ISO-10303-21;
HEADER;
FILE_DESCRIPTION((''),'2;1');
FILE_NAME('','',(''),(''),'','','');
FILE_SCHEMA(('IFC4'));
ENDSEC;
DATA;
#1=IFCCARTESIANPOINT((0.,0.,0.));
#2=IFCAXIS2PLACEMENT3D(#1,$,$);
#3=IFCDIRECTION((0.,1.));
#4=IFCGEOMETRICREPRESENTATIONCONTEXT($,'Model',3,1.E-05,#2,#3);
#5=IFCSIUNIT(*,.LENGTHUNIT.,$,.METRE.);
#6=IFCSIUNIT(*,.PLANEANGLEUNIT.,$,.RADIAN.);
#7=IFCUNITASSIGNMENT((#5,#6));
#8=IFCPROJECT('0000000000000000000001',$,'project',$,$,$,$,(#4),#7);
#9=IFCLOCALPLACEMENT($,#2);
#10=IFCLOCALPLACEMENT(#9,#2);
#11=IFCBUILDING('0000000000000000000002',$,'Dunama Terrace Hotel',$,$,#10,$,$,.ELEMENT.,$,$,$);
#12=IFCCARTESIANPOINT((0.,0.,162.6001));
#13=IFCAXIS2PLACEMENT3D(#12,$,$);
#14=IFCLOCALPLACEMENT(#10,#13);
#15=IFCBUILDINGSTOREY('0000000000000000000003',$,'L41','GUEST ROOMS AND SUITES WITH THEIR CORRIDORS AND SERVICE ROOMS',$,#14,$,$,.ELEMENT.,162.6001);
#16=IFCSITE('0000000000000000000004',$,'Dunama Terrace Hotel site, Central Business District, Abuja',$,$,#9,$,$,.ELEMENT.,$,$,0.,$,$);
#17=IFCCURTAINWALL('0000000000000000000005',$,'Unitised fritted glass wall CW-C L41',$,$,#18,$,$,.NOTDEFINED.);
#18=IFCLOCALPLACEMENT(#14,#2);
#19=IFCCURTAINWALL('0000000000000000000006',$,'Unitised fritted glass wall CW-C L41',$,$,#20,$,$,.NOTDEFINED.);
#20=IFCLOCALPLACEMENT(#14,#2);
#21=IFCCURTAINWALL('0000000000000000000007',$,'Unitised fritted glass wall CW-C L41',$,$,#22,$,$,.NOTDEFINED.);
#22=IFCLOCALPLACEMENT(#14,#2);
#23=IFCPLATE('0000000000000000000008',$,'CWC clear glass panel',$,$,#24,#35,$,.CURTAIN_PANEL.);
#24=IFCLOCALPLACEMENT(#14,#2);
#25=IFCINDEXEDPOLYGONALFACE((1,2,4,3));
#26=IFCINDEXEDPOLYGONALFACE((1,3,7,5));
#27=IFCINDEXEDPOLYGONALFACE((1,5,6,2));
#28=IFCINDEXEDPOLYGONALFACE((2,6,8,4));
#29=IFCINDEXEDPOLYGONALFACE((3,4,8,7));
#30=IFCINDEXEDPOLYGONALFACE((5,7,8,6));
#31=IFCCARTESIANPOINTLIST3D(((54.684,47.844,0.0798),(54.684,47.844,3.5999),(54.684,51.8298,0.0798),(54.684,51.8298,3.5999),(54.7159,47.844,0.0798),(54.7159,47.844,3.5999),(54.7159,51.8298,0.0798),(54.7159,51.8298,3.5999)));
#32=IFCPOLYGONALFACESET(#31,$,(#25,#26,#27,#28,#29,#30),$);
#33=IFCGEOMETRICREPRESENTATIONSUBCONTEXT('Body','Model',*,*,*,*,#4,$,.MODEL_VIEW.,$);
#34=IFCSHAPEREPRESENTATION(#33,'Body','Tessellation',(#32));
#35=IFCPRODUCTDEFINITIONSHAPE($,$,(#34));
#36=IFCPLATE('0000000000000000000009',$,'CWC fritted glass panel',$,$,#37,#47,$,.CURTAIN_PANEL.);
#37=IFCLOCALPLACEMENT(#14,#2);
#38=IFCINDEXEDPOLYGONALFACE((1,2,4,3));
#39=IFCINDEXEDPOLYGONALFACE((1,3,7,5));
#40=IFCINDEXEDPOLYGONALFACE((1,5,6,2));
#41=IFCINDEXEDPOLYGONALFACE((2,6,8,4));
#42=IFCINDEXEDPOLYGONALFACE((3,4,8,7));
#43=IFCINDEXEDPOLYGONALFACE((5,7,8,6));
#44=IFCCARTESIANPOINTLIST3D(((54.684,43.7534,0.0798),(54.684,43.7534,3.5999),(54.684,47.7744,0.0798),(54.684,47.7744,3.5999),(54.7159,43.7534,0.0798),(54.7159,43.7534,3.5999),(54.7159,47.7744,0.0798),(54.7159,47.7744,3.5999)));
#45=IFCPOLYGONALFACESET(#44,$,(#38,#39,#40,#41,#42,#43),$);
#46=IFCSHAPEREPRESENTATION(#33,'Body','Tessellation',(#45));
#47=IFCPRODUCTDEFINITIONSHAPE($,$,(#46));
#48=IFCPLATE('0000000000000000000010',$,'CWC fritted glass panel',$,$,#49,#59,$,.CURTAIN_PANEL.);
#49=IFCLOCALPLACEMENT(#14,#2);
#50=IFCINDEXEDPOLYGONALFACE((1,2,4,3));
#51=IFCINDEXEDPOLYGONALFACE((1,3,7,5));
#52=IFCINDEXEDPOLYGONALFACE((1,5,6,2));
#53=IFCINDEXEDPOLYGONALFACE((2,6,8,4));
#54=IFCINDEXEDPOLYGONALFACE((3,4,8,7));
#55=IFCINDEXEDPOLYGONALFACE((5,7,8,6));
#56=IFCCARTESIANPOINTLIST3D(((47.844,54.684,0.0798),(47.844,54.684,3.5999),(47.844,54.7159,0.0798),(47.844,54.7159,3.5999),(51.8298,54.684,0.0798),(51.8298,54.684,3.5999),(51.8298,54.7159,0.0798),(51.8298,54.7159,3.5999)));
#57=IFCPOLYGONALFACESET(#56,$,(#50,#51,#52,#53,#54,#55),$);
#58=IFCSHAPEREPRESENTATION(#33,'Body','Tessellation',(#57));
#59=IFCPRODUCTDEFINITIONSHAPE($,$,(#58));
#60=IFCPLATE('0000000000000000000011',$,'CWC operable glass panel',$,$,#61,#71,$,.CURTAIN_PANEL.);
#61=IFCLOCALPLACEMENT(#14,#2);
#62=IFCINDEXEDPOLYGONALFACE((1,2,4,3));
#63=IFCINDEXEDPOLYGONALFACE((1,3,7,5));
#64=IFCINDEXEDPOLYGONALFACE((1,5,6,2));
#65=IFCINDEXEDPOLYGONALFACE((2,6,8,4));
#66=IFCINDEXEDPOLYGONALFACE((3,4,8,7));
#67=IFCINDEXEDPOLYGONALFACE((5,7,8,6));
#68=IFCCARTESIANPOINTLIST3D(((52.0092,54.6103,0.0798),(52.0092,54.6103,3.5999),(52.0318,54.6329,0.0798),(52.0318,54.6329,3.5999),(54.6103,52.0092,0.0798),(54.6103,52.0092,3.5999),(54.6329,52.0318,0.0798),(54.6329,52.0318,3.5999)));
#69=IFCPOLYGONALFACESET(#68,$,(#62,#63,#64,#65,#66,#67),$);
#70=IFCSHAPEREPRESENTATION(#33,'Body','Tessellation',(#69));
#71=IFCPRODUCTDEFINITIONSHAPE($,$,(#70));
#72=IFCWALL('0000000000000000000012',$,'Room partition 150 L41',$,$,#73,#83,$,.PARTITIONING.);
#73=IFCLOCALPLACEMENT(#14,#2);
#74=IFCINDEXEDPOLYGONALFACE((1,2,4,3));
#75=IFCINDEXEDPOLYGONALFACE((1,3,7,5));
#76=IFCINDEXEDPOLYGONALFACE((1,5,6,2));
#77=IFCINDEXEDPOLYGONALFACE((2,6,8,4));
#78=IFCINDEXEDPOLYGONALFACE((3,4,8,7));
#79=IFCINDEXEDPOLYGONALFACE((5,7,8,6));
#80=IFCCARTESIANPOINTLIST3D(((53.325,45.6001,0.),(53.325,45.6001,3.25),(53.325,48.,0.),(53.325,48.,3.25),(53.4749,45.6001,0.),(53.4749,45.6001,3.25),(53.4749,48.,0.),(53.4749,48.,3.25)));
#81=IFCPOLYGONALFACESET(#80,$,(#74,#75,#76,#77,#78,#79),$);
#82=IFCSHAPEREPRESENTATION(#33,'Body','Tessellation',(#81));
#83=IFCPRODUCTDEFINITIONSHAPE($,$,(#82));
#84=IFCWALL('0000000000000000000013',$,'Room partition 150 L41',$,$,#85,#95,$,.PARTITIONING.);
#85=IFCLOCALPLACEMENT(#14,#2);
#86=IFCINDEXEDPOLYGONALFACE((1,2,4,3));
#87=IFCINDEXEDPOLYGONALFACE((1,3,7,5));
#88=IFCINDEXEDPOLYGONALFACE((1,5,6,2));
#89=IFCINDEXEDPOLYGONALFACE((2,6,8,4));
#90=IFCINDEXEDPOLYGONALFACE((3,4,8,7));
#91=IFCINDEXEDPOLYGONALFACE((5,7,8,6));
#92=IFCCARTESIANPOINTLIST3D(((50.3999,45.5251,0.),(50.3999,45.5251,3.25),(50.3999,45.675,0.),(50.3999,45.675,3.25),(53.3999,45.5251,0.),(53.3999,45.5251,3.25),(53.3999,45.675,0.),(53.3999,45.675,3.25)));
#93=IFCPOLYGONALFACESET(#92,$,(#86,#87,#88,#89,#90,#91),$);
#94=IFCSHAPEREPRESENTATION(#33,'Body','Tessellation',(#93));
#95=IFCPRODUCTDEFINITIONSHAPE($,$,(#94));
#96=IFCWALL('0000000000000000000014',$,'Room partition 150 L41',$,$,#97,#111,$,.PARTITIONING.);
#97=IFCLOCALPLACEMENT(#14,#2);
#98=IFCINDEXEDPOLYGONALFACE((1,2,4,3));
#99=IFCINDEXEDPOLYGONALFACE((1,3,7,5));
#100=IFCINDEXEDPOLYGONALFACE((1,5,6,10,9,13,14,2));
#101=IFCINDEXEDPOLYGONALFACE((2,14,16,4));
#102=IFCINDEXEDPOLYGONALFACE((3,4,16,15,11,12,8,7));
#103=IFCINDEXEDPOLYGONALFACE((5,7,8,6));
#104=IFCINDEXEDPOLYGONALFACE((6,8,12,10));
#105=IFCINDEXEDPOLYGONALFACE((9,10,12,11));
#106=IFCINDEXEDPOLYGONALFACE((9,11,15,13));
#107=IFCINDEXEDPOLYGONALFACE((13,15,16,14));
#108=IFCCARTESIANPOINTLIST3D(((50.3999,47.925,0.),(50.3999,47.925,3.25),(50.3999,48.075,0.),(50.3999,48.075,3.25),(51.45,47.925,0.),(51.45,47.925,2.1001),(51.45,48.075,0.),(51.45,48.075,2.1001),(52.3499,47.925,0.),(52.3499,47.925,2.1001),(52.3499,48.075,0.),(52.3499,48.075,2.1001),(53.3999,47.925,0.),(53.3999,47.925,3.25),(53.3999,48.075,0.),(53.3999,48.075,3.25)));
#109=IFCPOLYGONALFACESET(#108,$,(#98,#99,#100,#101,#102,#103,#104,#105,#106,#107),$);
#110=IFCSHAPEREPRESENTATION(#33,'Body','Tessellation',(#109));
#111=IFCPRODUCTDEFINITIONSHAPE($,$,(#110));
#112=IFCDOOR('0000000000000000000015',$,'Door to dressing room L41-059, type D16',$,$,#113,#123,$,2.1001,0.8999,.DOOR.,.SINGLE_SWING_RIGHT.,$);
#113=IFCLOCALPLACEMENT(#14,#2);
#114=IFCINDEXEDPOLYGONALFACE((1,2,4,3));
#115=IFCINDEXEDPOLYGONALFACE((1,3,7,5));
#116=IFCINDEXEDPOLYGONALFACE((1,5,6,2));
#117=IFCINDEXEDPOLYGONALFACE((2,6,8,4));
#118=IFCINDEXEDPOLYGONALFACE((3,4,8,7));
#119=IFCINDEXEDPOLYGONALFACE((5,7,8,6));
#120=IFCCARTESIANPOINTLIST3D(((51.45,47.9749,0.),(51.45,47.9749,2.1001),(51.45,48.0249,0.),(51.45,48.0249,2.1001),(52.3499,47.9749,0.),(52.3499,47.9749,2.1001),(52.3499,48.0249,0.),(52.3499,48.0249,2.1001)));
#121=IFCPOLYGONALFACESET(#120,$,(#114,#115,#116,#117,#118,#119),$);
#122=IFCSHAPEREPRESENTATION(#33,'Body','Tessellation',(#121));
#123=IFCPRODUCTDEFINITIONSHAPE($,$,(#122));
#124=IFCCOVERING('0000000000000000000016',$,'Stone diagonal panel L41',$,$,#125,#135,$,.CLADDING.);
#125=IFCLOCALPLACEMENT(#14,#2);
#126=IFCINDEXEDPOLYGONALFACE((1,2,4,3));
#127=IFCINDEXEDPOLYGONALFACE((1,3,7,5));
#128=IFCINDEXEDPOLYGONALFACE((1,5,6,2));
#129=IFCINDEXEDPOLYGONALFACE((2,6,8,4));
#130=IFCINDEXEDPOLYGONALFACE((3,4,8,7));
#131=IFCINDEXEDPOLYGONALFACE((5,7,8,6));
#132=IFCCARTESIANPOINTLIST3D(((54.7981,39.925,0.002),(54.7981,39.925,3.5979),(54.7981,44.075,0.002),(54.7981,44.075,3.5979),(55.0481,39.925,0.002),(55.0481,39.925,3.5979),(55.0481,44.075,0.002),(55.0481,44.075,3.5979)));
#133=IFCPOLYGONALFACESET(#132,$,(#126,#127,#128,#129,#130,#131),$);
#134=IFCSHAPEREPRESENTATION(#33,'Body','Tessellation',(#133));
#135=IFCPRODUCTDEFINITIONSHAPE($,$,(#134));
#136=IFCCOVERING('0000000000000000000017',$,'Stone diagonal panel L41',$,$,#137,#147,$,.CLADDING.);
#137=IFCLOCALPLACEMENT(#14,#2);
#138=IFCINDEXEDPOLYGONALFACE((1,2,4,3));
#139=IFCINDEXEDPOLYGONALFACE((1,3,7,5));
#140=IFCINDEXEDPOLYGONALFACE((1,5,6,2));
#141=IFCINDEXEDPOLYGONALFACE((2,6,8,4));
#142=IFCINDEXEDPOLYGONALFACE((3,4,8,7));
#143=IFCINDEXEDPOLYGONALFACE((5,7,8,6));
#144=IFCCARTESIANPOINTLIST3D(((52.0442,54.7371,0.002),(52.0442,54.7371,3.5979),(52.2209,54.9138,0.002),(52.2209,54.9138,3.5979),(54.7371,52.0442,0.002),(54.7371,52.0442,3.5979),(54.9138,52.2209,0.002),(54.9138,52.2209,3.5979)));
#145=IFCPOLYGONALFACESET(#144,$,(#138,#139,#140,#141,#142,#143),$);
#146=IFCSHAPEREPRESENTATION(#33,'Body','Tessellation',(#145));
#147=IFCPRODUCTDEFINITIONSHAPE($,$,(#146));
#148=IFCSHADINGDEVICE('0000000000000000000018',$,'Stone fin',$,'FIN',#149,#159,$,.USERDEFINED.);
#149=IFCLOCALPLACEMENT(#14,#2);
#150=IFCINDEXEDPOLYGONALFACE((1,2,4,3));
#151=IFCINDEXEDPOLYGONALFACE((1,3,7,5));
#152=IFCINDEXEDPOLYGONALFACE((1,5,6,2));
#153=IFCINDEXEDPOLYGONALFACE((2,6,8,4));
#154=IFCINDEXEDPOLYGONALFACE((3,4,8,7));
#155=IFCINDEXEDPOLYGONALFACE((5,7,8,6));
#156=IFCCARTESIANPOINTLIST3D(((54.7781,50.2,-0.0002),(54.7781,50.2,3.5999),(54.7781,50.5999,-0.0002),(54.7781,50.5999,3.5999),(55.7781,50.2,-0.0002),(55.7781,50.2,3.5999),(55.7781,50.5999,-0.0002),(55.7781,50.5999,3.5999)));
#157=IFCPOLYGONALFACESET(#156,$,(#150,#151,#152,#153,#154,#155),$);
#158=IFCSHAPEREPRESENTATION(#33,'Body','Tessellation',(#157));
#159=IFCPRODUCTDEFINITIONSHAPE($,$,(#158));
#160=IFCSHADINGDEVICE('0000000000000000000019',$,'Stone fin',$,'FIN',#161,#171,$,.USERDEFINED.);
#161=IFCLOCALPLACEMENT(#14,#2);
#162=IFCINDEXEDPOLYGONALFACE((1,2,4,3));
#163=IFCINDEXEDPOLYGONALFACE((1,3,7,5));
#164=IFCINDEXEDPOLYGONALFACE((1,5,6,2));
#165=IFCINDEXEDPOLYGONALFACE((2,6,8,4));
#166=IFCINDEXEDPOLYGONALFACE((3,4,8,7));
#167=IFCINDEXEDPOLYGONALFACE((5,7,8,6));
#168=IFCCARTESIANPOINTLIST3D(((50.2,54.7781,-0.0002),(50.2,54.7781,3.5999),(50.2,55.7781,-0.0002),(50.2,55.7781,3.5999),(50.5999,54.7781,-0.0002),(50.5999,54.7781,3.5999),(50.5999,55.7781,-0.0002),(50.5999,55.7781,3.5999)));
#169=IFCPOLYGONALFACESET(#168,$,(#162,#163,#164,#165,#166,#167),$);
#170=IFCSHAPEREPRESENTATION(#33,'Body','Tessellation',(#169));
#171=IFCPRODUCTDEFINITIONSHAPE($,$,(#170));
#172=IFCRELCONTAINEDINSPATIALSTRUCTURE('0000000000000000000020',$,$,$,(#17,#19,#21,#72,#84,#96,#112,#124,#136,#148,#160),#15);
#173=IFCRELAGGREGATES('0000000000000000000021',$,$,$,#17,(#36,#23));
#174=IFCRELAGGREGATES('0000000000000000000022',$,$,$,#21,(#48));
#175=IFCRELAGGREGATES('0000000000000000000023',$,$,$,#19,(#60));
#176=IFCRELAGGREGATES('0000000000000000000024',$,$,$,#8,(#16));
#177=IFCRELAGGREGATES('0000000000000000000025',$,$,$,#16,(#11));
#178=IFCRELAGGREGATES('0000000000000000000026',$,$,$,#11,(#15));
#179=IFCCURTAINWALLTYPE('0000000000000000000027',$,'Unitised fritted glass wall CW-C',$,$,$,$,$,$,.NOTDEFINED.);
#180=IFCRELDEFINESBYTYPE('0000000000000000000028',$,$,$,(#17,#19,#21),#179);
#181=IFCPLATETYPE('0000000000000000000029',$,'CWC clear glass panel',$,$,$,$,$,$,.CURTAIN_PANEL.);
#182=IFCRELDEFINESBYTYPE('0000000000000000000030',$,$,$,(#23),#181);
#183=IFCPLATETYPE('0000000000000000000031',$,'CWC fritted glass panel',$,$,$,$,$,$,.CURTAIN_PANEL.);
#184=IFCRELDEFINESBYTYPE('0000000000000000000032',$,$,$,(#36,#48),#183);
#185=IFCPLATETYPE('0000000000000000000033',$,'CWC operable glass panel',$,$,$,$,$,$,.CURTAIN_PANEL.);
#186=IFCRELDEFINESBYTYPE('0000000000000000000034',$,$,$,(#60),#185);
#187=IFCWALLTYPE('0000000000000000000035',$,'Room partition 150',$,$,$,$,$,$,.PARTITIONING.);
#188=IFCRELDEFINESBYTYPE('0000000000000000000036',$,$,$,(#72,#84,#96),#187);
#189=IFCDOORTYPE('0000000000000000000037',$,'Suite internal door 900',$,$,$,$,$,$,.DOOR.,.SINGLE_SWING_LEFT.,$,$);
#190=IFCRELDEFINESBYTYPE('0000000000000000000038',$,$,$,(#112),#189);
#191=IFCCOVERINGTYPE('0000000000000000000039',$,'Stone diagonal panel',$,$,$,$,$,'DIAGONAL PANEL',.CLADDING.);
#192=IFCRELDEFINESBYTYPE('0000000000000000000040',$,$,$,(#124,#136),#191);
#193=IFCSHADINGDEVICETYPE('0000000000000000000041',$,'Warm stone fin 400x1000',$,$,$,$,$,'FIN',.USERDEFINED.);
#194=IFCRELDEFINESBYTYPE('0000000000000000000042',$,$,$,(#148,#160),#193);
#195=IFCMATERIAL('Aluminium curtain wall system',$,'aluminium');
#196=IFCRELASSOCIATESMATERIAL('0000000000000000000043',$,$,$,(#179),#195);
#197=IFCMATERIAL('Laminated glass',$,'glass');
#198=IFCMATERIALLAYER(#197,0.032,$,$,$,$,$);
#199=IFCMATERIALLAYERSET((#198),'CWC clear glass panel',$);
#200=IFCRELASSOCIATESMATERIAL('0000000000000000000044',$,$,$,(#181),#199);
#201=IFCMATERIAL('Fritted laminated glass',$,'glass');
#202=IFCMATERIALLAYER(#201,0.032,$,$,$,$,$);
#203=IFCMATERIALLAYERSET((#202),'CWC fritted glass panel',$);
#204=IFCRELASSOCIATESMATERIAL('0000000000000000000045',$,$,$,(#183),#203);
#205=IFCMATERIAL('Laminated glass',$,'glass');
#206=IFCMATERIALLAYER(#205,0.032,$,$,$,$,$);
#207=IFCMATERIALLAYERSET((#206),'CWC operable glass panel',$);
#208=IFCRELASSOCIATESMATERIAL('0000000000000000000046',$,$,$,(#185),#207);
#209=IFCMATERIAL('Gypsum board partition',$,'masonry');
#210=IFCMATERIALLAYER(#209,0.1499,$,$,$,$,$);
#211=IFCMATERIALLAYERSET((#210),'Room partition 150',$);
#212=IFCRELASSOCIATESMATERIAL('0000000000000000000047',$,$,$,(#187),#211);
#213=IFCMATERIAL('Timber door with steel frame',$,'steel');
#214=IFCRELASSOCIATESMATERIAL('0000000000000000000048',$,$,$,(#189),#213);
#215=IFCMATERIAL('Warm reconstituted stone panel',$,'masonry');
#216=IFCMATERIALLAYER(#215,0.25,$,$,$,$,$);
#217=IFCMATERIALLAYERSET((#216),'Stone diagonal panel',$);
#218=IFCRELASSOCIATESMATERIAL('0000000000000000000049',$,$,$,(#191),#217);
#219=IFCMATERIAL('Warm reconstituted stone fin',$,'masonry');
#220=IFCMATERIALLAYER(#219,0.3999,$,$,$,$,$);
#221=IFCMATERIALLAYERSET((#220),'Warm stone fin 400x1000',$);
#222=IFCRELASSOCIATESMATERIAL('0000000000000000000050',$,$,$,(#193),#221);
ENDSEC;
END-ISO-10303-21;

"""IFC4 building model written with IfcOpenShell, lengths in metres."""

from ifc_helpers import new_model, si_unit, direction, frame, frame_2d, origin, origin_2d, place, context, subcontext, project, spatial, rectangle, extrude, material, layer, layer_set, type_object, element, fill, aggregate, save


model = new_model("IFC4")

# Units and contexts
model_context = context("Model", 3, precision=1e-05, world=origin(), true_north=direction((0.0, 1.0)))
body_context = subcontext(model_context, "Body", "Model", "MODEL_VIEW")
ifc_project = project(units=[si_unit("LENGTHUNIT", "METRE"), si_unit("PLANEANGLEUNIT", "RADIAN")], contexts=[model_context])

# Site, building, storey
site_placement = place(None, origin())
site = spatial("IfcSite", under=ifc_project, at=site_placement, Name="Dunama Terrace Hotel site, Central Business District, Abuja", CompositionType="ELEMENT", RefElevation=0.0)
building_placement = place(site_placement, origin())
building = spatial("IfcBuilding", under=site, at=building_placement, Name="Dunama Terrace Hotel", CompositionType="ELEMENT")
storey_placement = place(building_placement, frame((0.0, 0.0, 162.6001)))
storey = spatial("IfcBuildingStorey", under=building, at=storey_placement, Name="L41", Description="GUEST ROOMS AND SUITES WITH THEIR CORRIDORS AND SERVICE ROOMS", CompositionType="ELEMENT", Elevation=162.6001)

# Curtain walls
ifc_material_1 = material(Name="Aluminium curtain wall system", Category="aluminium")
curtain_wall_type = type_object("IfcCurtainWallType", Name="Unitised fritted glass wall CW-C", PredefinedType="NOTDEFINED", material=ifc_material_1)
curtain_wall_1_placement = place(storey_placement, origin())
curtain_wall_1 = element("IfcCurtainWall", 1, at=curtain_wall_1_placement, inside=storey, type_object=curtain_wall_type, Name="Unitised fritted glass wall CW-C L41", PredefinedType="NOTDEFINED")
curtain_wall_2_placement = place(storey_placement, origin())
curtain_wall_2 = element("IfcCurtainWall", 2, at=curtain_wall_2_placement, inside=storey, type_object=curtain_wall_type, Name="Unitised fritted glass wall CW-C L41", PredefinedType="NOTDEFINED")
curtain_wall_3_placement = place(storey_placement, origin())
curtain_wall_3 = element("IfcCurtainWall", 3, at=curtain_wall_3_placement, inside=storey, type_object=curtain_wall_type, Name="Unitised fritted glass wall CW-C L41", PredefinedType="NOTDEFINED")

# Plates
ifc_material_2 = material(Name="Laminated glass", Category="glass")
ifc_layer_1 = layer(ifc_material_2, 0.032)
ifc_layer_set_1 = layer_set([ifc_layer_1], Name="CWC clear glass panel")
plate_type_1 = type_object("IfcPlateType", Name="CWC clear glass panel", PredefinedType="CURTAIN_PANEL", material=ifc_layer_set_1)
plate_1_placement = place(storey_placement, frame((54.7, 49.8369, 0.0798), z_axis=(0.0, 0.0, 1.0), x_axis=(0.0, 1.0, 0.0)))
plate_1 = element("IfcPlate", 4, at=plate_1_placement, type_object=plate_type_1, Name="CWC clear glass panel", PredefinedType="CURTAIN_PANEL", context=body_context, shape_type="SweptSolid", body=[
    extrude(rectangle(XDim=3.9858, YDim=0.032, at=origin_2d()), origin(), (0.0, 0.0, 1.0), 3.52),
])
ifc_material_3 = material(Name="Fritted laminated glass", Category="glass")
ifc_layer_2 = layer(ifc_material_3, 0.032)
ifc_layer_set_2 = layer_set([ifc_layer_2], Name="CWC fritted glass panel")
plate_type_2 = type_object("IfcPlateType", Name="CWC fritted glass panel", PredefinedType="CURTAIN_PANEL", material=ifc_layer_set_2)
plate_2_placement = place(storey_placement, frame((54.7, 45.7639, 0.0798), z_axis=(0.0, 0.0, 1.0), x_axis=(0.0, 1.0, 0.0)))
plate_2 = element("IfcPlate", 5, at=plate_2_placement, type_object=plate_type_2, Name="CWC fritted glass panel", PredefinedType="CURTAIN_PANEL", context=body_context, shape_type="SweptSolid", body=[
    extrude(rectangle(XDim=4.021, YDim=0.032, at=origin_2d()), origin(), (0.0, 0.0, 1.0), 3.52),
])
aggregate(curtain_wall_1, [plate_2, plate_1])
plate_3_placement = place(storey_placement, frame((49.8369, 54.7, 0.0798), z_axis=(0.0, 0.0, 1.0), x_axis=(-1.0, 0.0, 0.0)))
plate_3 = element("IfcPlate", 6, at=plate_3_placement, type_object=plate_type_2, Name="CWC fritted glass panel", PredefinedType="CURTAIN_PANEL", context=body_context, shape_type="SweptSolid", body=[
    extrude(rectangle(XDim=3.9858, YDim=0.032, at=origin_2d()), origin(), (0.0, 0.0, 1.0), 3.52),
])
aggregate(curtain_wall_3, [plate_3])
ifc_material_4 = material(Name="Laminated glass", Category="glass")
ifc_layer_3 = layer(ifc_material_4, 0.032)
ifc_layer_set_3 = layer_set([ifc_layer_3], Name="CWC operable glass panel")
plate_type_3 = type_object("IfcPlateType", Name="CWC operable glass panel", PredefinedType="CURTAIN_PANEL", material=ifc_layer_set_3)
plate_4_placement = place(storey_placement, frame((53.321, 53.321, 0.0798), z_axis=(0.0, 0.0, 1.0), x_axis=(-0.707107, 0.707107, 0.0)))
plate_4 = element("IfcPlate", 7, at=plate_4_placement, type_object=plate_type_3, Name="CWC operable glass panel", PredefinedType="CURTAIN_PANEL", context=body_context, shape_type="SweptSolid", body=[
    extrude(rectangle(XDim=3.6785, YDim=0.032, at=origin_2d()), origin(), (0.0, 0.0, 1.0), 3.52),
])
aggregate(curtain_wall_2, [plate_4])

# Walls
ifc_material_5 = material(Name="Gypsum board partition", Category="masonry")
ifc_layer_4 = layer(ifc_material_5, 0.1499)
ifc_layer_set_4 = layer_set([ifc_layer_4], Name="Room partition 150")
wall_type = type_object("IfcWallType", Name="Room partition 150", PredefinedType="PARTITIONING", material=ifc_layer_set_4)
wall_1_placement = place(storey_placement, frame((53.3999, 45.6001, 0.0), z_axis=(0.0, 0.0, 1.0), x_axis=(0.0, 1.0, 0.0)))
element("IfcWall", 8, at=wall_1_placement, inside=storey, type_object=wall_type, Name="Room partition 150 L41", PredefinedType="PARTITIONING", context=body_context, shape_type="SweptSolid", body=[
    extrude(rectangle(XDim=2.3999, YDim=0.1499, at=frame_2d((1.2, 0.0))), origin(), (0.0, 0.0, 1.0), 3.25),
])
wall_2_placement = place(storey_placement, frame((50.3999, 45.6001, 0.0), z_axis=(0.0, 0.0, 1.0), x_axis=(1.0, 0.0, 0.0)))
element("IfcWall", 9, at=wall_2_placement, inside=storey, type_object=wall_type, Name="Room partition 150 L41", PredefinedType="PARTITIONING", context=body_context, shape_type="SweptSolid", body=[
    extrude(rectangle(XDim=3.0, YDim=0.1499, at=frame_2d((1.5, 0.0))), origin(), (0.0, 0.0, 1.0), 3.25),
])

# Wall, opening, door
wall_3_placement = place(storey_placement, frame((50.3999, 48.0, 0.0), z_axis=(0.0, 0.0, 1.0), x_axis=(1.0, 0.0, 0.0)))
wall_3 = element("IfcWall", 10, at=wall_3_placement, inside=storey, type_object=wall_type, Name="Room partition 150 L41", PredefinedType="PARTITIONING", context=body_context, shape_type="SweptSolid", body=[
    extrude(rectangle(XDim=3.0, YDim=0.1499, at=frame_2d((1.5, 0.0))), origin(), (0.0, 0.0, 1.0), 3.25),
])
opening_placement = place(wall_3_placement, frame((1.05, 0.0, 0.0)))
opening = element("IfcOpeningElement", 11, at=opening_placement, cuts=wall_3, PredefinedType="OPENING", context=body_context, shape_type="SweptSolid", body=[
    extrude(rectangle(XDim=0.8999, YDim=2.1001, at=frame_2d((0.45, 1.05))), frame((0.0, 0.085, 0.0), z_axis=(0.0, -1.0, 0.0), x_axis=(1.0, 0.0, 0.0)), (0.0, 0.0, 1.0), 0.1699),
])
ifc_material_6 = material(Name="Timber door with steel frame", Category="steel")
door_type = type_object("IfcDoorType", Name="Suite internal door 900", OperationType="SINGLE_SWING_LEFT", PredefinedType="DOOR", material=ifc_material_6)
door_placement = place(opening_placement, frame((0.8999, 0.0, 0.0), z_axis=(0.0, 0.0, 1.0), x_axis=(-1.0, 0.0, 0.0)))
door = element("IfcDoor", 12, at=door_placement, inside=storey, type_object=door_type, Name="Door to dressing room L41-059, type D16", OperationType="SINGLE_SWING_RIGHT", OverallHeight=2.1001, OverallWidth=0.8999, PredefinedType="DOOR", context=body_context, shape_type="SweptSolid", body=[
    extrude(rectangle(XDim=0.8999, YDim=2.1001, at=frame_2d((0.45, 1.05))), frame((0.0, 0.0251, 0.0), z_axis=(0.0, -1.0, 0.0), x_axis=(1.0, 0.0, 0.0)), (0.0, 0.0, 1.0), 0.05),
])
fill(opening, door)

# Coverings
ifc_material_7 = material(Name="Warm reconstituted stone panel", Category="masonry")
ifc_layer_5 = layer(ifc_material_7, 0.25)
ifc_layer_set_5 = layer_set([ifc_layer_5], Name="Stone diagonal panel")
covering_type = type_object("IfcCoveringType", Name="Stone diagonal panel", ElementType="DIAGONAL PANEL", PredefinedType="CLADDING", material=ifc_layer_set_5)
covering_1_placement = place(storey_placement, frame((54.9231, 42.0, 0.002), z_axis=(0.0, 0.0, 1.0), x_axis=(0.0, 1.0, 0.0)))
element("IfcCovering", 13, at=covering_1_placement, inside=storey, type_object=covering_type, Name="Stone diagonal panel L41", PredefinedType="CLADDING", context=body_context, shape_type="SweptSolid", body=[
    extrude(rectangle(XDim=4.1499, YDim=0.25, at=origin_2d()), origin(), (0.0, 0.0, 1.0), 3.5959),
])
covering_2_placement = place(storey_placement, frame((53.479, 53.479, 0.002), z_axis=(0.0, 0.0, 1.0), x_axis=(-0.707107, 0.707107, 0.0)))
element("IfcCovering", 14, at=covering_2_placement, inside=storey, type_object=covering_type, Name="Stone diagonal panel L41", PredefinedType="CLADDING", context=body_context, shape_type="SweptSolid", body=[
    extrude(rectangle(XDim=3.8083, YDim=0.25, at=origin_2d()), origin(), (0.0, 0.0, 1.0), 3.5959),
])

# Shading devices
ifc_material_8 = material(Name="Warm reconstituted stone fin", Category="masonry")
ifc_layer_6 = layer(ifc_material_8, 0.3999)
ifc_layer_set_6 = layer_set([ifc_layer_6], Name="Warm stone fin 400x1000")
shading_device_type = type_object("IfcShadingDeviceType", Name="Warm stone fin 400x1000", ElementType="FIN", PredefinedType="USERDEFINED", material=ifc_layer_set_6)
for number, where, z_axis, x_axis, name in (
    (15, (55.2781, 50.3999, -0.0002), (0.0, 0.0, 1.0), (0.0, 1.0, 0.0), "Stone fin"),
    (16, (50.3999, 55.2781, -0.0002), (0.0, 0.0, 1.0), (-1.0, 0.0, 0.0), "Stone fin"),
):
    element("IfcShadingDevice", number, at=place(storey_placement, frame(where, z_axis=z_axis, x_axis=x_axis)), inside=storey, type_object=shading_device_type, Name=name, ObjectType="FIN", PredefinedType="USERDEFINED", context=body_context, shape_type="SweptSolid", body=[
        extrude(rectangle(XDim=0.3999, YDim=1.0, at=origin_2d()), origin(), (0.0, 0.0, 1.0), 3.6001),
    ])

save(model, "model.ifc")
